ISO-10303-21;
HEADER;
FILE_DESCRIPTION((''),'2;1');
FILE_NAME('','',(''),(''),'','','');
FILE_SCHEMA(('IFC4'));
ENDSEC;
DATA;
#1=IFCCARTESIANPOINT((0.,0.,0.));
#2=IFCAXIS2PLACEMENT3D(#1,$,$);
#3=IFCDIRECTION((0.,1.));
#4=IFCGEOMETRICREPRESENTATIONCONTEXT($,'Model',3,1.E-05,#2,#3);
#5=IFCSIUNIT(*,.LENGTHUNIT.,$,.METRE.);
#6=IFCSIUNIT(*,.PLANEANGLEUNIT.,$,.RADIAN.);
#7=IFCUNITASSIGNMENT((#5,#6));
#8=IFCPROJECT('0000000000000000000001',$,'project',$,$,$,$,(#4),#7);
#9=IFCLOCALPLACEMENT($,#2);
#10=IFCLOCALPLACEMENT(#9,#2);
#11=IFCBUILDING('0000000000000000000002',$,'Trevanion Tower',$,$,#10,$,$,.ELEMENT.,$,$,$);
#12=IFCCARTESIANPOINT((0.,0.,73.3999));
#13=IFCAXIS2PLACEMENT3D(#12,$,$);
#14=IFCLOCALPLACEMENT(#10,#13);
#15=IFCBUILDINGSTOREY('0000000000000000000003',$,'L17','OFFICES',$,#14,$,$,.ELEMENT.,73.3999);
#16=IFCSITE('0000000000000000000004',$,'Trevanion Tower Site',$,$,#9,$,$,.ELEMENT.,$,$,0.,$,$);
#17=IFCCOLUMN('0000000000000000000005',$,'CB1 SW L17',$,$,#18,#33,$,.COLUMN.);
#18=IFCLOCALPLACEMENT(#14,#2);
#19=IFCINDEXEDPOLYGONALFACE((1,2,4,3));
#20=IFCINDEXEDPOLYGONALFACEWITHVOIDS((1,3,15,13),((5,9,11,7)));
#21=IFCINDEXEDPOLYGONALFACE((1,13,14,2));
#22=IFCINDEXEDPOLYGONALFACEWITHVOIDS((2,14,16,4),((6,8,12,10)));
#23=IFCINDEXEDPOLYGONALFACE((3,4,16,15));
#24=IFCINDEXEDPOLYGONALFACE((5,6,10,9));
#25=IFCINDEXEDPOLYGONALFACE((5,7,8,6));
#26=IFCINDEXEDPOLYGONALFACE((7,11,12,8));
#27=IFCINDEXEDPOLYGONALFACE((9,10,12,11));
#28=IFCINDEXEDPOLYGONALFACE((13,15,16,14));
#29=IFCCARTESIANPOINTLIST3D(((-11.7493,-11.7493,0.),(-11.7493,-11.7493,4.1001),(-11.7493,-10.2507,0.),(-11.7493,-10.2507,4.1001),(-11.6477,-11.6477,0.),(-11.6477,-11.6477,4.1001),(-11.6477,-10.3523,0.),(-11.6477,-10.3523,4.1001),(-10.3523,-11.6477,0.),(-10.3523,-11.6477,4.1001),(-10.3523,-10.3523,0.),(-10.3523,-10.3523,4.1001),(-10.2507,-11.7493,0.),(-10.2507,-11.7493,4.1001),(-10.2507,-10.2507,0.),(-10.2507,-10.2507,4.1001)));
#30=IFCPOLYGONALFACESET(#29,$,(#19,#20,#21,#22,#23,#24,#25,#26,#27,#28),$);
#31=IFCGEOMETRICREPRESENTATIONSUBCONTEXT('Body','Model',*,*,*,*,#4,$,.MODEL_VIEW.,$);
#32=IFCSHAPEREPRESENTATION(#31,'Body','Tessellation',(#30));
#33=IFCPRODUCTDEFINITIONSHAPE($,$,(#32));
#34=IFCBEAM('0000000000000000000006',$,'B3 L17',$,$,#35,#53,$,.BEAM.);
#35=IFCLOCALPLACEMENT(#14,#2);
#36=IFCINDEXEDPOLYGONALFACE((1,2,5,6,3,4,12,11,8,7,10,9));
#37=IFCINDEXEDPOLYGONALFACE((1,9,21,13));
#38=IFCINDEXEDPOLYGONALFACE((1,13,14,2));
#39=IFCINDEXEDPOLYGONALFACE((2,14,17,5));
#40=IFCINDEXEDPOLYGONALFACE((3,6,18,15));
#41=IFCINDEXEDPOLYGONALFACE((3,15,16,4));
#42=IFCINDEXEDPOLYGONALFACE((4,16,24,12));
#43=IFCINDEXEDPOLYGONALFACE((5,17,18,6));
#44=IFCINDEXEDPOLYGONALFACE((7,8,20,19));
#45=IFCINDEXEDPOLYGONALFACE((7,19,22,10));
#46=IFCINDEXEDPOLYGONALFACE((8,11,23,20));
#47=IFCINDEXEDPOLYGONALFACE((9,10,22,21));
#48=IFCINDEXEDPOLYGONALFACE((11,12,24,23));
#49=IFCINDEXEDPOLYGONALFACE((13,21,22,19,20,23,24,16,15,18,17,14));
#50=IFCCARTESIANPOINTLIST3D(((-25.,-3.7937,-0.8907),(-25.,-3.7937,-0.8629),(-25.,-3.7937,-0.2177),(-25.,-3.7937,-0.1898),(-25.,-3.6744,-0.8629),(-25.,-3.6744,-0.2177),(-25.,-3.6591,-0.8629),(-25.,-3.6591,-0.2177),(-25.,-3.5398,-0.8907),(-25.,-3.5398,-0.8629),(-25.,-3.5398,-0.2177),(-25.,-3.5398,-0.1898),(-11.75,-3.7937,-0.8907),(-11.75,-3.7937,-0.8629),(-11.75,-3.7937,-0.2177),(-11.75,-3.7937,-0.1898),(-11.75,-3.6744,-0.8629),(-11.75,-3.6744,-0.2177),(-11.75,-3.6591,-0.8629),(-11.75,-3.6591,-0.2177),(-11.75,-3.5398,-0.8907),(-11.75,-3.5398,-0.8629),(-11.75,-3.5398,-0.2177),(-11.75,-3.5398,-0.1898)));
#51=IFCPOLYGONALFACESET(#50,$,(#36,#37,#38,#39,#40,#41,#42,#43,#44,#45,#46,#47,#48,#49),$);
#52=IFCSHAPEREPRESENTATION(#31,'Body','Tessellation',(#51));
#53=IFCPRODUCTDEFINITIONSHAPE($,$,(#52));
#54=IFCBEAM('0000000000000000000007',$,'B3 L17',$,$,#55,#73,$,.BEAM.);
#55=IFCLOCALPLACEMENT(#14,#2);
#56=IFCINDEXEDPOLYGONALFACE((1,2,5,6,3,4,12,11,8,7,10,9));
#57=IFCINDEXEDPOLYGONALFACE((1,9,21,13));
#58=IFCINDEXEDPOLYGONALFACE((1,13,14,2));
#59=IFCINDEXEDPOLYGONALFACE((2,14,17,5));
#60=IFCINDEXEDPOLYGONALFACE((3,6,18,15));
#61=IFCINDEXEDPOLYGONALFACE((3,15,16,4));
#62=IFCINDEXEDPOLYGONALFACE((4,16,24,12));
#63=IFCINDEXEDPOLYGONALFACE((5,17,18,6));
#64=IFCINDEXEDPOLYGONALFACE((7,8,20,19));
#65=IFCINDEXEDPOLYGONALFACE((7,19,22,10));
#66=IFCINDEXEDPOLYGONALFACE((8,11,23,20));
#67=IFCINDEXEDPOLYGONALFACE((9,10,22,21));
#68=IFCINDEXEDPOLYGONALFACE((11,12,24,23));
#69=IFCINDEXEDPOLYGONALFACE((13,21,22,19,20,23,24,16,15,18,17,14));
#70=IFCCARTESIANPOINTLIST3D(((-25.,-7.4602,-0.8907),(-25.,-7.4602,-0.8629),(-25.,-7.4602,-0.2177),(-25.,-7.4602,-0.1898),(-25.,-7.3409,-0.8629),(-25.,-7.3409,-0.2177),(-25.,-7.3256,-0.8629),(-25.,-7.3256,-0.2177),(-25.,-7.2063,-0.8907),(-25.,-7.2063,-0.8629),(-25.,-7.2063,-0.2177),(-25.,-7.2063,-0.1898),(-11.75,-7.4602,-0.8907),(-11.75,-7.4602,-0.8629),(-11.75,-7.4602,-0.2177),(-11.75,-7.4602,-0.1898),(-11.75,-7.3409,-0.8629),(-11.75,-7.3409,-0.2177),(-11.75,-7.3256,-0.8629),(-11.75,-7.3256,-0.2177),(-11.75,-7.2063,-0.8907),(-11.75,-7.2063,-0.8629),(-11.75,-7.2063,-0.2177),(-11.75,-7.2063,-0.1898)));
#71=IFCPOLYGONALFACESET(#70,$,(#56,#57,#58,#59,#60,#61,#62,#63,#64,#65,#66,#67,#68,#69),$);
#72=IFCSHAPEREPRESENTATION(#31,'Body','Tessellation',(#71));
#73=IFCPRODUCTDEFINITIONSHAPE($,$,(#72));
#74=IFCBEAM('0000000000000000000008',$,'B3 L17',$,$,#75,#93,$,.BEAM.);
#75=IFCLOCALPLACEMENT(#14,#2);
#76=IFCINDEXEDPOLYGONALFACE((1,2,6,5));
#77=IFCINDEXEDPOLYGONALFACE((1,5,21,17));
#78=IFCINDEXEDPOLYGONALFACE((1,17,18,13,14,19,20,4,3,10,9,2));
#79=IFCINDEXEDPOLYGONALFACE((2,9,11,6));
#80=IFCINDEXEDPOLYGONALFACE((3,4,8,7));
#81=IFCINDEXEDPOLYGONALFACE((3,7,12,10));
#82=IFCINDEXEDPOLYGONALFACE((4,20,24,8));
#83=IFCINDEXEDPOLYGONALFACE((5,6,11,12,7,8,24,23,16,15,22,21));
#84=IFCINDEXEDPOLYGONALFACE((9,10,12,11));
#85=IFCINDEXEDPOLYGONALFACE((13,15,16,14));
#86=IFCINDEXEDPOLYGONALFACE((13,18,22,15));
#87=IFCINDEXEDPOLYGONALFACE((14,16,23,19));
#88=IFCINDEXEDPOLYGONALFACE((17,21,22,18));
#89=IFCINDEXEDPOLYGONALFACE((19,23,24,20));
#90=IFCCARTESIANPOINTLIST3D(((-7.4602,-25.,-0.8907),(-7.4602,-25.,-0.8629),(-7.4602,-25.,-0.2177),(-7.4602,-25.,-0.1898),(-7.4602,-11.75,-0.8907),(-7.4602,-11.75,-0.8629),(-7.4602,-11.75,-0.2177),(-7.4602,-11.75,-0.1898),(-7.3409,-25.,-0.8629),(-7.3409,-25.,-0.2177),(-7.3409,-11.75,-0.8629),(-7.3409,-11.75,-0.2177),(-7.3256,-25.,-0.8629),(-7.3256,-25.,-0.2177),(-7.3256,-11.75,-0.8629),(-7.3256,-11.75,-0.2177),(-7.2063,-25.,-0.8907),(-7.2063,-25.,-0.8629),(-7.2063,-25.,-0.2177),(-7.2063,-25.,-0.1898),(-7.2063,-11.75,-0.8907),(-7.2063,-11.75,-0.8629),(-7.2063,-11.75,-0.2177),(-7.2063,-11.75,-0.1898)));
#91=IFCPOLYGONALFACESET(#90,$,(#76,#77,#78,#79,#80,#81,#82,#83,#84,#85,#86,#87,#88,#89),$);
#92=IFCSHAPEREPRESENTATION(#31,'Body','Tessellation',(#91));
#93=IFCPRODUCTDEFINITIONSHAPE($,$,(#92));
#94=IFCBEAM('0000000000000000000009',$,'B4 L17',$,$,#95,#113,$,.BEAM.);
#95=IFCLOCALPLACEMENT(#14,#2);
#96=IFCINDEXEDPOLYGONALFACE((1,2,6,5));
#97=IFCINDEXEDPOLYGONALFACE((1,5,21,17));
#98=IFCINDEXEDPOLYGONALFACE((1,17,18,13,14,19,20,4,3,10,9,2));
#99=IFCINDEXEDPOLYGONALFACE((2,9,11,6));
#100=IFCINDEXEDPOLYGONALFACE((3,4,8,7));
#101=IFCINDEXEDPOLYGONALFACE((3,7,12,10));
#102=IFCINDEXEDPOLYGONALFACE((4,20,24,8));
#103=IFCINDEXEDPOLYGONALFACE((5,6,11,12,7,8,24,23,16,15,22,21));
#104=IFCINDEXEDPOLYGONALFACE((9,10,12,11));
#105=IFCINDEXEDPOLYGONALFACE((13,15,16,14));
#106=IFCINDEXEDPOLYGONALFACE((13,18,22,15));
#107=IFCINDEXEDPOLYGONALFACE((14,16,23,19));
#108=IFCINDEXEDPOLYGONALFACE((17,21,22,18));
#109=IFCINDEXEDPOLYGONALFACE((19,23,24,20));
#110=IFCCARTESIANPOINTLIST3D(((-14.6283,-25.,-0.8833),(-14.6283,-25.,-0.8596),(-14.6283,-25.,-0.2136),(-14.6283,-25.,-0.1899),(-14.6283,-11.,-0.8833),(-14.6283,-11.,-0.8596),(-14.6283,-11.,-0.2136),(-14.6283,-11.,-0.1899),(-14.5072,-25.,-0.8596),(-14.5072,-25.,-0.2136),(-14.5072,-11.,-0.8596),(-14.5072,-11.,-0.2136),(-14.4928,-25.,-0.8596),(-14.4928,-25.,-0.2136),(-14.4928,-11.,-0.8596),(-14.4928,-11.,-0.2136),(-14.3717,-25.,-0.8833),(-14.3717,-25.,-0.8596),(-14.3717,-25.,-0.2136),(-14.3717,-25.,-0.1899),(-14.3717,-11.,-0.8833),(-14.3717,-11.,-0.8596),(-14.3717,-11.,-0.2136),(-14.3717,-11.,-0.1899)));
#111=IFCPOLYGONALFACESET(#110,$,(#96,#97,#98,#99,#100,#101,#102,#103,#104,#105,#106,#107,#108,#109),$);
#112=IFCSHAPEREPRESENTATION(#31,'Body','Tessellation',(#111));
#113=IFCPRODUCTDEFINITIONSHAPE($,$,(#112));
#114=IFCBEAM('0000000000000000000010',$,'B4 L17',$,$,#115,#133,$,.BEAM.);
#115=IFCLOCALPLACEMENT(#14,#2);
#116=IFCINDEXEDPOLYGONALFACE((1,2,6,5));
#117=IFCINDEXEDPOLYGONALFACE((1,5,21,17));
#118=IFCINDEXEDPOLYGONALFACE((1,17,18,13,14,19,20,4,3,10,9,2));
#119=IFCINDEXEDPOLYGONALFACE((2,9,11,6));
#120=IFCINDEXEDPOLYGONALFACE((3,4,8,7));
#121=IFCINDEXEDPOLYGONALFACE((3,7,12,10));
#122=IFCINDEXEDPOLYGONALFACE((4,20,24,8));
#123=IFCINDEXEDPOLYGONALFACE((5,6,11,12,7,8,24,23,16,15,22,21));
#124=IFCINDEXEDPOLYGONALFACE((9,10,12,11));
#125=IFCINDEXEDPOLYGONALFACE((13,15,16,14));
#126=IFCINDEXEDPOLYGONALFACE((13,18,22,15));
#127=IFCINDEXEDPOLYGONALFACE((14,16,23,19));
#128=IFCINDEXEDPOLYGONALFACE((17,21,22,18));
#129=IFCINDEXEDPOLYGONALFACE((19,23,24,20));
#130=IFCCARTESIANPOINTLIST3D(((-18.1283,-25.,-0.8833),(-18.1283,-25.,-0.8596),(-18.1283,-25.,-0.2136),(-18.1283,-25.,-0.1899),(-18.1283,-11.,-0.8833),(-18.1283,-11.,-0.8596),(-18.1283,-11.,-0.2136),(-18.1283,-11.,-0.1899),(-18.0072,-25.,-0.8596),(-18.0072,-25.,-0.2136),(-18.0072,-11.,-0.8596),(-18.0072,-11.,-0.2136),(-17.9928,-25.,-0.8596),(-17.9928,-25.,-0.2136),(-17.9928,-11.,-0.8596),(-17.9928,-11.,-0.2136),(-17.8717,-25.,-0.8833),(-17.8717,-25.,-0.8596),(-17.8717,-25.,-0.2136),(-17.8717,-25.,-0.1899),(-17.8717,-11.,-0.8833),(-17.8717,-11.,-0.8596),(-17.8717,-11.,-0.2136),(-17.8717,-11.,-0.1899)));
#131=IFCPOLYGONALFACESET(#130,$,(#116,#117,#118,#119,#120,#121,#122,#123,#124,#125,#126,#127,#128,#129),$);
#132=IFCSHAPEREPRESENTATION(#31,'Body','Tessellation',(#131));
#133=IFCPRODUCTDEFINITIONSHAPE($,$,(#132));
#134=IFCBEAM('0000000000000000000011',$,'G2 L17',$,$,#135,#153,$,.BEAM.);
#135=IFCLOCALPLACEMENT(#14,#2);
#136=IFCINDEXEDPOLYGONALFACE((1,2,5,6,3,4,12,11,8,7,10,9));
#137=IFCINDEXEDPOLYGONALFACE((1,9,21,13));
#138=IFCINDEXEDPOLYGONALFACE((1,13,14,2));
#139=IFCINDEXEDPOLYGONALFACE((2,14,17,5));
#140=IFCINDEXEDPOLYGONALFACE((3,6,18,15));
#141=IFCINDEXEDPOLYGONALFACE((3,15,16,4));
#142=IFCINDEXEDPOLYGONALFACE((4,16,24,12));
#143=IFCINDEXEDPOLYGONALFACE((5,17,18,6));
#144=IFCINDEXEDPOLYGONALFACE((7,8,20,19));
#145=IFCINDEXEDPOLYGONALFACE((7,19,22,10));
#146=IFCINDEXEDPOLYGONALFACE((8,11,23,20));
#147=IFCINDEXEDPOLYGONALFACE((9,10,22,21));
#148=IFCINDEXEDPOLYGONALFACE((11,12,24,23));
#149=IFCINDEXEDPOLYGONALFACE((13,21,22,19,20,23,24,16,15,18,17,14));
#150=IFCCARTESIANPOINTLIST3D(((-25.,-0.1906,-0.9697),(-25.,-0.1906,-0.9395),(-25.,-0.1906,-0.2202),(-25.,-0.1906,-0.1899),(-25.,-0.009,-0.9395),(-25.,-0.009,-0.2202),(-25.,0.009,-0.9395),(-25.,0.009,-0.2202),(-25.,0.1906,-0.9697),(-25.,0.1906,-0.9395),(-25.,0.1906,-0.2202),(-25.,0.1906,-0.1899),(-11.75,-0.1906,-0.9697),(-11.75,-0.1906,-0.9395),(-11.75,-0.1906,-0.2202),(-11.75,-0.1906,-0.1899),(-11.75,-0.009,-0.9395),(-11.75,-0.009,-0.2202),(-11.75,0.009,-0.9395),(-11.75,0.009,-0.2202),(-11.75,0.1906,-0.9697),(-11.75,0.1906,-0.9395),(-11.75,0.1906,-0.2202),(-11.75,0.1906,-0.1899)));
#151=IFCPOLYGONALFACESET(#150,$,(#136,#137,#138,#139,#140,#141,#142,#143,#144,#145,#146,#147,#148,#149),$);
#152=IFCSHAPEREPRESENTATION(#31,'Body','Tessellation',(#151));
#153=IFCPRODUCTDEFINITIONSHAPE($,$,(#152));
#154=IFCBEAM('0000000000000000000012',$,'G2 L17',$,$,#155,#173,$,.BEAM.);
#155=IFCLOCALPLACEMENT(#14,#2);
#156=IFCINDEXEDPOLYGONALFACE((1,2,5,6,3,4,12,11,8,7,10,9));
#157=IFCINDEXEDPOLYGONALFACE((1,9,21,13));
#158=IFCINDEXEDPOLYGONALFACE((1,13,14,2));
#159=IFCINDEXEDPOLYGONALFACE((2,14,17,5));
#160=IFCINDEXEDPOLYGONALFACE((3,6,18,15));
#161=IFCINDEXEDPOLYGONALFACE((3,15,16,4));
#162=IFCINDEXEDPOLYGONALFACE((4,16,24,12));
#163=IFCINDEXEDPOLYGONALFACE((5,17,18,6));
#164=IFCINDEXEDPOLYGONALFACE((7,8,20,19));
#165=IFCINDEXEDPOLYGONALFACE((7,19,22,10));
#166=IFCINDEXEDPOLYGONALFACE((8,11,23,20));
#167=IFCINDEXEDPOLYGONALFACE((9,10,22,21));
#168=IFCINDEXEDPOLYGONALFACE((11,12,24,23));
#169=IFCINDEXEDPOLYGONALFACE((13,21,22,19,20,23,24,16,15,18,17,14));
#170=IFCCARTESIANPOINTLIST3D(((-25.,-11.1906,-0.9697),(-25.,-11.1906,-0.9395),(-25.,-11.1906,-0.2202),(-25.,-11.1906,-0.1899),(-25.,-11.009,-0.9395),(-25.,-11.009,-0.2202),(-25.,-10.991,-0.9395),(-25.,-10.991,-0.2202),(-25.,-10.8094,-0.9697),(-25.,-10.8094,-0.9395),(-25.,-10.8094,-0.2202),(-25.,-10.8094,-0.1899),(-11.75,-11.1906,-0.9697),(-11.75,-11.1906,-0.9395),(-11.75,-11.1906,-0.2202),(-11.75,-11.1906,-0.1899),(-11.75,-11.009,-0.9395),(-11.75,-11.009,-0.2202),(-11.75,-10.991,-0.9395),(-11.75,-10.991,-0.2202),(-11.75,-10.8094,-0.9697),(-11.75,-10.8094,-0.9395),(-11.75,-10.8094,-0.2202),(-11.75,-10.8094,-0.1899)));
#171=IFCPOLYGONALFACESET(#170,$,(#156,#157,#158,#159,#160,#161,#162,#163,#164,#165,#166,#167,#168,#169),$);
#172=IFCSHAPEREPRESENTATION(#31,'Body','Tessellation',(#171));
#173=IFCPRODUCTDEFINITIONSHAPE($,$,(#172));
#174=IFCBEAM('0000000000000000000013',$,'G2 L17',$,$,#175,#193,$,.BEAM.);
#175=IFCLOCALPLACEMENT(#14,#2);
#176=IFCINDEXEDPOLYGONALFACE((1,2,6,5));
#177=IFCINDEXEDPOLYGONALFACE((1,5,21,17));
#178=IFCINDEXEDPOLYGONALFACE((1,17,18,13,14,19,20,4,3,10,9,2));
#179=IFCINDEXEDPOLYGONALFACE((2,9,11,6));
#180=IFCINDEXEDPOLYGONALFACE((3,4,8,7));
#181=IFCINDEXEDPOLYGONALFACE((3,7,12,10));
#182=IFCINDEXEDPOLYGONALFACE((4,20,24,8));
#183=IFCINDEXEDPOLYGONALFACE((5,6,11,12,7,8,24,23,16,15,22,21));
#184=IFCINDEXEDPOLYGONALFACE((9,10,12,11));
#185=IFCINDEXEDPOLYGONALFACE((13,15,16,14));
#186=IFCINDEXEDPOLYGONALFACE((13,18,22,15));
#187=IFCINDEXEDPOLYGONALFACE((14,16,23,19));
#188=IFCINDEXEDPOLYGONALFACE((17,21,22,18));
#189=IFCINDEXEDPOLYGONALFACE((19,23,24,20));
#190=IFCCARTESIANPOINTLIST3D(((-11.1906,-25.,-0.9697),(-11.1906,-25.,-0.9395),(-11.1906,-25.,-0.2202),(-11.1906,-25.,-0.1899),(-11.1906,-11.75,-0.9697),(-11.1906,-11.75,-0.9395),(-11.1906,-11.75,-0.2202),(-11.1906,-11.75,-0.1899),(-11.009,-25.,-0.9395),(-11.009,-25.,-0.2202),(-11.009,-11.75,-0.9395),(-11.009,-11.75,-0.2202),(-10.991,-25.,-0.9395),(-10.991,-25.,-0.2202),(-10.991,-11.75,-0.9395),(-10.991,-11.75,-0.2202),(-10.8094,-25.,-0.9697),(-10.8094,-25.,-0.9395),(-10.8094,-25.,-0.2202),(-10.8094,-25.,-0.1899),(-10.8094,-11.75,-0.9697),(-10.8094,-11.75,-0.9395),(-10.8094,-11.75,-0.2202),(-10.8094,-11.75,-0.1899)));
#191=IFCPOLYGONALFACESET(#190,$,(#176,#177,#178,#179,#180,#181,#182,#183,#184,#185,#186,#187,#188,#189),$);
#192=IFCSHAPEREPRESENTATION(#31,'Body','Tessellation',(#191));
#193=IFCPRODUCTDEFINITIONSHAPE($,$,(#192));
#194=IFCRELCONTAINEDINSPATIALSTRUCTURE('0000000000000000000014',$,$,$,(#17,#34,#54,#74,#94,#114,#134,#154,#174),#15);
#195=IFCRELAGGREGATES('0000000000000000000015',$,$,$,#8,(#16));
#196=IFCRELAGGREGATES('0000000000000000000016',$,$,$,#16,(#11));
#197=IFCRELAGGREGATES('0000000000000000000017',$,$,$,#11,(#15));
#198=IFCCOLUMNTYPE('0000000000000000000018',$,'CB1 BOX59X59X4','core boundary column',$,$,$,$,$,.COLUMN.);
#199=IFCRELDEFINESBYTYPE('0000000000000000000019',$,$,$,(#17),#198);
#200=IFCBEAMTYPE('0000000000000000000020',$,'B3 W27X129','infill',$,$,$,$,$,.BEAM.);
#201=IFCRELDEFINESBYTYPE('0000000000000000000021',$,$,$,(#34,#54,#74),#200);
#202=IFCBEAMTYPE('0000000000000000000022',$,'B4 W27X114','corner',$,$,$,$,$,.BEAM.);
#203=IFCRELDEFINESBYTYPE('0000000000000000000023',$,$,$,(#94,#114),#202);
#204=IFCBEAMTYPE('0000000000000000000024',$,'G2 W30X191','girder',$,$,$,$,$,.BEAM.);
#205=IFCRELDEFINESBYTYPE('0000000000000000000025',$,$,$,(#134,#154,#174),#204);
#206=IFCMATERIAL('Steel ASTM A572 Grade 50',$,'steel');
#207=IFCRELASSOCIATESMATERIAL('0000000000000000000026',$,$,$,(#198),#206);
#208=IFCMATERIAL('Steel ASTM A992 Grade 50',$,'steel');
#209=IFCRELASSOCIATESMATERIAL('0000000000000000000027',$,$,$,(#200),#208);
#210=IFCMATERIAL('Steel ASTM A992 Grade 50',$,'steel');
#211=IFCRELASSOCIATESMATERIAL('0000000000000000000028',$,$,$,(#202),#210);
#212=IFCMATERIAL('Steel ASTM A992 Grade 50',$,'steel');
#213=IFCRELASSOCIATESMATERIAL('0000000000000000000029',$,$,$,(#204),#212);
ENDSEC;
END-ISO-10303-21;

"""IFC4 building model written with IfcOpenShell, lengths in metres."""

from ifc_helpers import new_model, si_unit, direction, frame, origin, origin_2d, place, context, subcontext, project, spatial, hollow_rectangle, i_section, extrude, material, material_profile, profile_set, type_object, element, save


model = new_model("IFC4")

# Units and contexts
model_context = context("Model", 3, precision=1e-05, world=origin(), true_north=direction((0.0, 1.0)))
body_context = subcontext(model_context, "Body", "Model", "MODEL_VIEW")
ifc_project = project(units=[si_unit("LENGTHUNIT", "METRE"), si_unit("PLANEANGLEUNIT", "RADIAN")], contexts=[model_context])

# Site, building, storey
site_placement = place(None, origin())
site = spatial("IfcSite", under=ifc_project, at=site_placement, Name="Trevanion Tower Site", CompositionType="ELEMENT", RefElevation=0.0)
building_placement = place(site_placement, origin())
building = spatial("IfcBuilding", under=site, at=building_placement, Name="Trevanion Tower", CompositionType="ELEMENT")
storey_placement = place(building_placement, frame((0.0, 0.0, 73.3999)))
storey = spatial("IfcBuildingStorey", under=building, at=storey_placement, Name="L17", Description="OFFICES", CompositionType="ELEMENT", Elevation=73.3999)

# Column
ifc_material_1 = material(Name="Steel ASTM A572 Grade 50", Category="steel")
ifc_material_profile_1 = material_profile(ifc_material_1, hollow_rectangle(XDim=1.4985, YDim=1.4985, WallThickness=0.1016, at=origin_2d()), Name="BOX59X59X4")
ifc_profile_set_1 = profile_set([ifc_material_profile_1], Name="Steel ASTM A572 Grade 50")
column_type = type_object("IfcColumnType", Name="CB1 BOX59X59X4", Description="core boundary column", PredefinedType="COLUMN", material=ifc_profile_set_1)
column_placement = place(storey_placement, frame((-11.0, -11.0, 0.0), z_axis=(0.0, 0.0, 1.0), x_axis=(1.0, 0.0, 0.0)))
element("IfcColumn", 1, at=column_placement, inside=storey, type_object=column_type, Name="CB1 SW L17", PredefinedType="COLUMN", context=body_context, shape_type="SweptSolid", body=[
    extrude(hollow_rectangle(XDim=1.4985, YDim=1.4985, WallThickness=0.1016, at=origin_2d()), origin(), (0.0, 0.0, 1.0), 4.1001),
])

# Beams
ifc_material_2 = material(Name="Steel ASTM A992 Grade 50", Category="steel")
ifc_material_profile_2 = material_profile(ifc_material_2, i_section(OverallWidth=0.2539, OverallDepth=0.7009, WebThickness=0.0154, FlangeThickness=0.0278, at=origin_2d()), Name="W27X129")
ifc_profile_set_2 = profile_set([ifc_material_profile_2], Name="Steel ASTM A992 Grade 50")
beam_type_1 = type_object("IfcBeamType", Name="B3 W27X129", Description="infill", PredefinedType="BEAM", material=ifc_profile_set_2)
for number, where, z_axis, x_axis, name in (
    (2, (-11.75, -3.6667, -0.5403), (-1.0, 0.0, 0.0), (0.0, -1.0, 0.0), "B3 L17"),
    (3, (-11.75, -7.3333, -0.5403), (-1.0, 0.0, 0.0), (0.0, -1.0, 0.0), "B3 L17"),
    (4, (-7.3333, -11.75, -0.5403), (0.0, -1.0, 0.0), (1.0, 0.0, 0.0), "B3 L17"),
):
    element("IfcBeam", number, at=place(storey_placement, frame(where, z_axis=z_axis, x_axis=x_axis)), inside=storey, type_object=beam_type_1, Name=name, PredefinedType="BEAM", context=body_context, shape_type="SweptSolid", body=[
        extrude(i_section(OverallWidth=0.2539, OverallDepth=0.7009, WebThickness=0.0154, FlangeThickness=0.0278, at=origin_2d()), origin(), (0.0, 0.0, 1.0), 13.25),
    ])
ifc_material_3 = material(Name="Steel ASTM A992 Grade 50", Category="steel")
ifc_material_profile_3 = material_profile(ifc_material_3, i_section(OverallWidth=0.2566, OverallDepth=0.6934, WebThickness=0.0144, FlangeThickness=0.0237, at=origin_2d()), Name="W27X114")
ifc_profile_set_3 = profile_set([ifc_material_profile_3], Name="Steel ASTM A992 Grade 50")
beam_type_2 = type_object("IfcBeamType", Name="B4 W27X114", Description="corner", PredefinedType="BEAM", material=ifc_profile_set_3)
for number, where, z_axis, x_axis, name in (
    (5, (-14.5, -11.0, -0.5366), (0.0, -1.0, 0.0), (1.0, 0.0, 0.0), "B4 L17"),
    (6, (-18.0, -11.0, -0.5366), (0.0, -1.0, 0.0), (1.0, 0.0, 0.0), "B4 L17"),
):
    element("IfcBeam", number, at=place(storey_placement, frame(where, z_axis=z_axis, x_axis=x_axis)), inside=storey, type_object=beam_type_2, Name=name, PredefinedType="BEAM", context=body_context, shape_type="SweptSolid", body=[
        extrude(i_section(OverallWidth=0.2566, OverallDepth=0.6934, WebThickness=0.0144, FlangeThickness=0.0237, at=origin_2d()), origin(), (0.0, 0.0, 1.0), 14.0),
    ])
ifc_material_4 = material(Name="Steel ASTM A992 Grade 50", Category="steel")
ifc_material_profile_4 = material_profile(ifc_material_4, i_section(OverallWidth=0.3811, OverallDepth=0.7798, WebThickness=0.0181, FlangeThickness=0.0303, at=origin_2d()), Name="W30X191")
ifc_profile_set_4 = profile_set([ifc_material_profile_4], Name="Steel ASTM A992 Grade 50")
beam_type_3 = type_object("IfcBeamType", Name="G2 W30X191", Description="girder", PredefinedType="BEAM", material=ifc_profile_set_4)
for number, where, z_axis, x_axis, name in (
    (7, (-11.75, 0.0, -0.5798), (-1.0, 0.0, 0.0), (0.0, -1.0, 0.0), "G2 L17"),
    (8, (-11.75, -11.0, -0.5798), (-1.0, 0.0, 0.0), (0.0, -1.0, 0.0), "G2 L17"),
    (9, (-11.0, -11.75, -0.5798), (0.0, -1.0, 0.0), (1.0, 0.0, 0.0), "G2 L17"),
):
    element("IfcBeam", number, at=place(storey_placement, frame(where, z_axis=z_axis, x_axis=x_axis)), inside=storey, type_object=beam_type_3, Name=name, PredefinedType="BEAM", context=body_context, shape_type="SweptSolid", body=[
        extrude(i_section(OverallWidth=0.3811, OverallDepth=0.7798, WebThickness=0.0181, FlangeThickness=0.0303, at=origin_2d()), origin(), (0.0, 0.0, 1.0), 13.25),
    ])

save(model, "model.ifc")
